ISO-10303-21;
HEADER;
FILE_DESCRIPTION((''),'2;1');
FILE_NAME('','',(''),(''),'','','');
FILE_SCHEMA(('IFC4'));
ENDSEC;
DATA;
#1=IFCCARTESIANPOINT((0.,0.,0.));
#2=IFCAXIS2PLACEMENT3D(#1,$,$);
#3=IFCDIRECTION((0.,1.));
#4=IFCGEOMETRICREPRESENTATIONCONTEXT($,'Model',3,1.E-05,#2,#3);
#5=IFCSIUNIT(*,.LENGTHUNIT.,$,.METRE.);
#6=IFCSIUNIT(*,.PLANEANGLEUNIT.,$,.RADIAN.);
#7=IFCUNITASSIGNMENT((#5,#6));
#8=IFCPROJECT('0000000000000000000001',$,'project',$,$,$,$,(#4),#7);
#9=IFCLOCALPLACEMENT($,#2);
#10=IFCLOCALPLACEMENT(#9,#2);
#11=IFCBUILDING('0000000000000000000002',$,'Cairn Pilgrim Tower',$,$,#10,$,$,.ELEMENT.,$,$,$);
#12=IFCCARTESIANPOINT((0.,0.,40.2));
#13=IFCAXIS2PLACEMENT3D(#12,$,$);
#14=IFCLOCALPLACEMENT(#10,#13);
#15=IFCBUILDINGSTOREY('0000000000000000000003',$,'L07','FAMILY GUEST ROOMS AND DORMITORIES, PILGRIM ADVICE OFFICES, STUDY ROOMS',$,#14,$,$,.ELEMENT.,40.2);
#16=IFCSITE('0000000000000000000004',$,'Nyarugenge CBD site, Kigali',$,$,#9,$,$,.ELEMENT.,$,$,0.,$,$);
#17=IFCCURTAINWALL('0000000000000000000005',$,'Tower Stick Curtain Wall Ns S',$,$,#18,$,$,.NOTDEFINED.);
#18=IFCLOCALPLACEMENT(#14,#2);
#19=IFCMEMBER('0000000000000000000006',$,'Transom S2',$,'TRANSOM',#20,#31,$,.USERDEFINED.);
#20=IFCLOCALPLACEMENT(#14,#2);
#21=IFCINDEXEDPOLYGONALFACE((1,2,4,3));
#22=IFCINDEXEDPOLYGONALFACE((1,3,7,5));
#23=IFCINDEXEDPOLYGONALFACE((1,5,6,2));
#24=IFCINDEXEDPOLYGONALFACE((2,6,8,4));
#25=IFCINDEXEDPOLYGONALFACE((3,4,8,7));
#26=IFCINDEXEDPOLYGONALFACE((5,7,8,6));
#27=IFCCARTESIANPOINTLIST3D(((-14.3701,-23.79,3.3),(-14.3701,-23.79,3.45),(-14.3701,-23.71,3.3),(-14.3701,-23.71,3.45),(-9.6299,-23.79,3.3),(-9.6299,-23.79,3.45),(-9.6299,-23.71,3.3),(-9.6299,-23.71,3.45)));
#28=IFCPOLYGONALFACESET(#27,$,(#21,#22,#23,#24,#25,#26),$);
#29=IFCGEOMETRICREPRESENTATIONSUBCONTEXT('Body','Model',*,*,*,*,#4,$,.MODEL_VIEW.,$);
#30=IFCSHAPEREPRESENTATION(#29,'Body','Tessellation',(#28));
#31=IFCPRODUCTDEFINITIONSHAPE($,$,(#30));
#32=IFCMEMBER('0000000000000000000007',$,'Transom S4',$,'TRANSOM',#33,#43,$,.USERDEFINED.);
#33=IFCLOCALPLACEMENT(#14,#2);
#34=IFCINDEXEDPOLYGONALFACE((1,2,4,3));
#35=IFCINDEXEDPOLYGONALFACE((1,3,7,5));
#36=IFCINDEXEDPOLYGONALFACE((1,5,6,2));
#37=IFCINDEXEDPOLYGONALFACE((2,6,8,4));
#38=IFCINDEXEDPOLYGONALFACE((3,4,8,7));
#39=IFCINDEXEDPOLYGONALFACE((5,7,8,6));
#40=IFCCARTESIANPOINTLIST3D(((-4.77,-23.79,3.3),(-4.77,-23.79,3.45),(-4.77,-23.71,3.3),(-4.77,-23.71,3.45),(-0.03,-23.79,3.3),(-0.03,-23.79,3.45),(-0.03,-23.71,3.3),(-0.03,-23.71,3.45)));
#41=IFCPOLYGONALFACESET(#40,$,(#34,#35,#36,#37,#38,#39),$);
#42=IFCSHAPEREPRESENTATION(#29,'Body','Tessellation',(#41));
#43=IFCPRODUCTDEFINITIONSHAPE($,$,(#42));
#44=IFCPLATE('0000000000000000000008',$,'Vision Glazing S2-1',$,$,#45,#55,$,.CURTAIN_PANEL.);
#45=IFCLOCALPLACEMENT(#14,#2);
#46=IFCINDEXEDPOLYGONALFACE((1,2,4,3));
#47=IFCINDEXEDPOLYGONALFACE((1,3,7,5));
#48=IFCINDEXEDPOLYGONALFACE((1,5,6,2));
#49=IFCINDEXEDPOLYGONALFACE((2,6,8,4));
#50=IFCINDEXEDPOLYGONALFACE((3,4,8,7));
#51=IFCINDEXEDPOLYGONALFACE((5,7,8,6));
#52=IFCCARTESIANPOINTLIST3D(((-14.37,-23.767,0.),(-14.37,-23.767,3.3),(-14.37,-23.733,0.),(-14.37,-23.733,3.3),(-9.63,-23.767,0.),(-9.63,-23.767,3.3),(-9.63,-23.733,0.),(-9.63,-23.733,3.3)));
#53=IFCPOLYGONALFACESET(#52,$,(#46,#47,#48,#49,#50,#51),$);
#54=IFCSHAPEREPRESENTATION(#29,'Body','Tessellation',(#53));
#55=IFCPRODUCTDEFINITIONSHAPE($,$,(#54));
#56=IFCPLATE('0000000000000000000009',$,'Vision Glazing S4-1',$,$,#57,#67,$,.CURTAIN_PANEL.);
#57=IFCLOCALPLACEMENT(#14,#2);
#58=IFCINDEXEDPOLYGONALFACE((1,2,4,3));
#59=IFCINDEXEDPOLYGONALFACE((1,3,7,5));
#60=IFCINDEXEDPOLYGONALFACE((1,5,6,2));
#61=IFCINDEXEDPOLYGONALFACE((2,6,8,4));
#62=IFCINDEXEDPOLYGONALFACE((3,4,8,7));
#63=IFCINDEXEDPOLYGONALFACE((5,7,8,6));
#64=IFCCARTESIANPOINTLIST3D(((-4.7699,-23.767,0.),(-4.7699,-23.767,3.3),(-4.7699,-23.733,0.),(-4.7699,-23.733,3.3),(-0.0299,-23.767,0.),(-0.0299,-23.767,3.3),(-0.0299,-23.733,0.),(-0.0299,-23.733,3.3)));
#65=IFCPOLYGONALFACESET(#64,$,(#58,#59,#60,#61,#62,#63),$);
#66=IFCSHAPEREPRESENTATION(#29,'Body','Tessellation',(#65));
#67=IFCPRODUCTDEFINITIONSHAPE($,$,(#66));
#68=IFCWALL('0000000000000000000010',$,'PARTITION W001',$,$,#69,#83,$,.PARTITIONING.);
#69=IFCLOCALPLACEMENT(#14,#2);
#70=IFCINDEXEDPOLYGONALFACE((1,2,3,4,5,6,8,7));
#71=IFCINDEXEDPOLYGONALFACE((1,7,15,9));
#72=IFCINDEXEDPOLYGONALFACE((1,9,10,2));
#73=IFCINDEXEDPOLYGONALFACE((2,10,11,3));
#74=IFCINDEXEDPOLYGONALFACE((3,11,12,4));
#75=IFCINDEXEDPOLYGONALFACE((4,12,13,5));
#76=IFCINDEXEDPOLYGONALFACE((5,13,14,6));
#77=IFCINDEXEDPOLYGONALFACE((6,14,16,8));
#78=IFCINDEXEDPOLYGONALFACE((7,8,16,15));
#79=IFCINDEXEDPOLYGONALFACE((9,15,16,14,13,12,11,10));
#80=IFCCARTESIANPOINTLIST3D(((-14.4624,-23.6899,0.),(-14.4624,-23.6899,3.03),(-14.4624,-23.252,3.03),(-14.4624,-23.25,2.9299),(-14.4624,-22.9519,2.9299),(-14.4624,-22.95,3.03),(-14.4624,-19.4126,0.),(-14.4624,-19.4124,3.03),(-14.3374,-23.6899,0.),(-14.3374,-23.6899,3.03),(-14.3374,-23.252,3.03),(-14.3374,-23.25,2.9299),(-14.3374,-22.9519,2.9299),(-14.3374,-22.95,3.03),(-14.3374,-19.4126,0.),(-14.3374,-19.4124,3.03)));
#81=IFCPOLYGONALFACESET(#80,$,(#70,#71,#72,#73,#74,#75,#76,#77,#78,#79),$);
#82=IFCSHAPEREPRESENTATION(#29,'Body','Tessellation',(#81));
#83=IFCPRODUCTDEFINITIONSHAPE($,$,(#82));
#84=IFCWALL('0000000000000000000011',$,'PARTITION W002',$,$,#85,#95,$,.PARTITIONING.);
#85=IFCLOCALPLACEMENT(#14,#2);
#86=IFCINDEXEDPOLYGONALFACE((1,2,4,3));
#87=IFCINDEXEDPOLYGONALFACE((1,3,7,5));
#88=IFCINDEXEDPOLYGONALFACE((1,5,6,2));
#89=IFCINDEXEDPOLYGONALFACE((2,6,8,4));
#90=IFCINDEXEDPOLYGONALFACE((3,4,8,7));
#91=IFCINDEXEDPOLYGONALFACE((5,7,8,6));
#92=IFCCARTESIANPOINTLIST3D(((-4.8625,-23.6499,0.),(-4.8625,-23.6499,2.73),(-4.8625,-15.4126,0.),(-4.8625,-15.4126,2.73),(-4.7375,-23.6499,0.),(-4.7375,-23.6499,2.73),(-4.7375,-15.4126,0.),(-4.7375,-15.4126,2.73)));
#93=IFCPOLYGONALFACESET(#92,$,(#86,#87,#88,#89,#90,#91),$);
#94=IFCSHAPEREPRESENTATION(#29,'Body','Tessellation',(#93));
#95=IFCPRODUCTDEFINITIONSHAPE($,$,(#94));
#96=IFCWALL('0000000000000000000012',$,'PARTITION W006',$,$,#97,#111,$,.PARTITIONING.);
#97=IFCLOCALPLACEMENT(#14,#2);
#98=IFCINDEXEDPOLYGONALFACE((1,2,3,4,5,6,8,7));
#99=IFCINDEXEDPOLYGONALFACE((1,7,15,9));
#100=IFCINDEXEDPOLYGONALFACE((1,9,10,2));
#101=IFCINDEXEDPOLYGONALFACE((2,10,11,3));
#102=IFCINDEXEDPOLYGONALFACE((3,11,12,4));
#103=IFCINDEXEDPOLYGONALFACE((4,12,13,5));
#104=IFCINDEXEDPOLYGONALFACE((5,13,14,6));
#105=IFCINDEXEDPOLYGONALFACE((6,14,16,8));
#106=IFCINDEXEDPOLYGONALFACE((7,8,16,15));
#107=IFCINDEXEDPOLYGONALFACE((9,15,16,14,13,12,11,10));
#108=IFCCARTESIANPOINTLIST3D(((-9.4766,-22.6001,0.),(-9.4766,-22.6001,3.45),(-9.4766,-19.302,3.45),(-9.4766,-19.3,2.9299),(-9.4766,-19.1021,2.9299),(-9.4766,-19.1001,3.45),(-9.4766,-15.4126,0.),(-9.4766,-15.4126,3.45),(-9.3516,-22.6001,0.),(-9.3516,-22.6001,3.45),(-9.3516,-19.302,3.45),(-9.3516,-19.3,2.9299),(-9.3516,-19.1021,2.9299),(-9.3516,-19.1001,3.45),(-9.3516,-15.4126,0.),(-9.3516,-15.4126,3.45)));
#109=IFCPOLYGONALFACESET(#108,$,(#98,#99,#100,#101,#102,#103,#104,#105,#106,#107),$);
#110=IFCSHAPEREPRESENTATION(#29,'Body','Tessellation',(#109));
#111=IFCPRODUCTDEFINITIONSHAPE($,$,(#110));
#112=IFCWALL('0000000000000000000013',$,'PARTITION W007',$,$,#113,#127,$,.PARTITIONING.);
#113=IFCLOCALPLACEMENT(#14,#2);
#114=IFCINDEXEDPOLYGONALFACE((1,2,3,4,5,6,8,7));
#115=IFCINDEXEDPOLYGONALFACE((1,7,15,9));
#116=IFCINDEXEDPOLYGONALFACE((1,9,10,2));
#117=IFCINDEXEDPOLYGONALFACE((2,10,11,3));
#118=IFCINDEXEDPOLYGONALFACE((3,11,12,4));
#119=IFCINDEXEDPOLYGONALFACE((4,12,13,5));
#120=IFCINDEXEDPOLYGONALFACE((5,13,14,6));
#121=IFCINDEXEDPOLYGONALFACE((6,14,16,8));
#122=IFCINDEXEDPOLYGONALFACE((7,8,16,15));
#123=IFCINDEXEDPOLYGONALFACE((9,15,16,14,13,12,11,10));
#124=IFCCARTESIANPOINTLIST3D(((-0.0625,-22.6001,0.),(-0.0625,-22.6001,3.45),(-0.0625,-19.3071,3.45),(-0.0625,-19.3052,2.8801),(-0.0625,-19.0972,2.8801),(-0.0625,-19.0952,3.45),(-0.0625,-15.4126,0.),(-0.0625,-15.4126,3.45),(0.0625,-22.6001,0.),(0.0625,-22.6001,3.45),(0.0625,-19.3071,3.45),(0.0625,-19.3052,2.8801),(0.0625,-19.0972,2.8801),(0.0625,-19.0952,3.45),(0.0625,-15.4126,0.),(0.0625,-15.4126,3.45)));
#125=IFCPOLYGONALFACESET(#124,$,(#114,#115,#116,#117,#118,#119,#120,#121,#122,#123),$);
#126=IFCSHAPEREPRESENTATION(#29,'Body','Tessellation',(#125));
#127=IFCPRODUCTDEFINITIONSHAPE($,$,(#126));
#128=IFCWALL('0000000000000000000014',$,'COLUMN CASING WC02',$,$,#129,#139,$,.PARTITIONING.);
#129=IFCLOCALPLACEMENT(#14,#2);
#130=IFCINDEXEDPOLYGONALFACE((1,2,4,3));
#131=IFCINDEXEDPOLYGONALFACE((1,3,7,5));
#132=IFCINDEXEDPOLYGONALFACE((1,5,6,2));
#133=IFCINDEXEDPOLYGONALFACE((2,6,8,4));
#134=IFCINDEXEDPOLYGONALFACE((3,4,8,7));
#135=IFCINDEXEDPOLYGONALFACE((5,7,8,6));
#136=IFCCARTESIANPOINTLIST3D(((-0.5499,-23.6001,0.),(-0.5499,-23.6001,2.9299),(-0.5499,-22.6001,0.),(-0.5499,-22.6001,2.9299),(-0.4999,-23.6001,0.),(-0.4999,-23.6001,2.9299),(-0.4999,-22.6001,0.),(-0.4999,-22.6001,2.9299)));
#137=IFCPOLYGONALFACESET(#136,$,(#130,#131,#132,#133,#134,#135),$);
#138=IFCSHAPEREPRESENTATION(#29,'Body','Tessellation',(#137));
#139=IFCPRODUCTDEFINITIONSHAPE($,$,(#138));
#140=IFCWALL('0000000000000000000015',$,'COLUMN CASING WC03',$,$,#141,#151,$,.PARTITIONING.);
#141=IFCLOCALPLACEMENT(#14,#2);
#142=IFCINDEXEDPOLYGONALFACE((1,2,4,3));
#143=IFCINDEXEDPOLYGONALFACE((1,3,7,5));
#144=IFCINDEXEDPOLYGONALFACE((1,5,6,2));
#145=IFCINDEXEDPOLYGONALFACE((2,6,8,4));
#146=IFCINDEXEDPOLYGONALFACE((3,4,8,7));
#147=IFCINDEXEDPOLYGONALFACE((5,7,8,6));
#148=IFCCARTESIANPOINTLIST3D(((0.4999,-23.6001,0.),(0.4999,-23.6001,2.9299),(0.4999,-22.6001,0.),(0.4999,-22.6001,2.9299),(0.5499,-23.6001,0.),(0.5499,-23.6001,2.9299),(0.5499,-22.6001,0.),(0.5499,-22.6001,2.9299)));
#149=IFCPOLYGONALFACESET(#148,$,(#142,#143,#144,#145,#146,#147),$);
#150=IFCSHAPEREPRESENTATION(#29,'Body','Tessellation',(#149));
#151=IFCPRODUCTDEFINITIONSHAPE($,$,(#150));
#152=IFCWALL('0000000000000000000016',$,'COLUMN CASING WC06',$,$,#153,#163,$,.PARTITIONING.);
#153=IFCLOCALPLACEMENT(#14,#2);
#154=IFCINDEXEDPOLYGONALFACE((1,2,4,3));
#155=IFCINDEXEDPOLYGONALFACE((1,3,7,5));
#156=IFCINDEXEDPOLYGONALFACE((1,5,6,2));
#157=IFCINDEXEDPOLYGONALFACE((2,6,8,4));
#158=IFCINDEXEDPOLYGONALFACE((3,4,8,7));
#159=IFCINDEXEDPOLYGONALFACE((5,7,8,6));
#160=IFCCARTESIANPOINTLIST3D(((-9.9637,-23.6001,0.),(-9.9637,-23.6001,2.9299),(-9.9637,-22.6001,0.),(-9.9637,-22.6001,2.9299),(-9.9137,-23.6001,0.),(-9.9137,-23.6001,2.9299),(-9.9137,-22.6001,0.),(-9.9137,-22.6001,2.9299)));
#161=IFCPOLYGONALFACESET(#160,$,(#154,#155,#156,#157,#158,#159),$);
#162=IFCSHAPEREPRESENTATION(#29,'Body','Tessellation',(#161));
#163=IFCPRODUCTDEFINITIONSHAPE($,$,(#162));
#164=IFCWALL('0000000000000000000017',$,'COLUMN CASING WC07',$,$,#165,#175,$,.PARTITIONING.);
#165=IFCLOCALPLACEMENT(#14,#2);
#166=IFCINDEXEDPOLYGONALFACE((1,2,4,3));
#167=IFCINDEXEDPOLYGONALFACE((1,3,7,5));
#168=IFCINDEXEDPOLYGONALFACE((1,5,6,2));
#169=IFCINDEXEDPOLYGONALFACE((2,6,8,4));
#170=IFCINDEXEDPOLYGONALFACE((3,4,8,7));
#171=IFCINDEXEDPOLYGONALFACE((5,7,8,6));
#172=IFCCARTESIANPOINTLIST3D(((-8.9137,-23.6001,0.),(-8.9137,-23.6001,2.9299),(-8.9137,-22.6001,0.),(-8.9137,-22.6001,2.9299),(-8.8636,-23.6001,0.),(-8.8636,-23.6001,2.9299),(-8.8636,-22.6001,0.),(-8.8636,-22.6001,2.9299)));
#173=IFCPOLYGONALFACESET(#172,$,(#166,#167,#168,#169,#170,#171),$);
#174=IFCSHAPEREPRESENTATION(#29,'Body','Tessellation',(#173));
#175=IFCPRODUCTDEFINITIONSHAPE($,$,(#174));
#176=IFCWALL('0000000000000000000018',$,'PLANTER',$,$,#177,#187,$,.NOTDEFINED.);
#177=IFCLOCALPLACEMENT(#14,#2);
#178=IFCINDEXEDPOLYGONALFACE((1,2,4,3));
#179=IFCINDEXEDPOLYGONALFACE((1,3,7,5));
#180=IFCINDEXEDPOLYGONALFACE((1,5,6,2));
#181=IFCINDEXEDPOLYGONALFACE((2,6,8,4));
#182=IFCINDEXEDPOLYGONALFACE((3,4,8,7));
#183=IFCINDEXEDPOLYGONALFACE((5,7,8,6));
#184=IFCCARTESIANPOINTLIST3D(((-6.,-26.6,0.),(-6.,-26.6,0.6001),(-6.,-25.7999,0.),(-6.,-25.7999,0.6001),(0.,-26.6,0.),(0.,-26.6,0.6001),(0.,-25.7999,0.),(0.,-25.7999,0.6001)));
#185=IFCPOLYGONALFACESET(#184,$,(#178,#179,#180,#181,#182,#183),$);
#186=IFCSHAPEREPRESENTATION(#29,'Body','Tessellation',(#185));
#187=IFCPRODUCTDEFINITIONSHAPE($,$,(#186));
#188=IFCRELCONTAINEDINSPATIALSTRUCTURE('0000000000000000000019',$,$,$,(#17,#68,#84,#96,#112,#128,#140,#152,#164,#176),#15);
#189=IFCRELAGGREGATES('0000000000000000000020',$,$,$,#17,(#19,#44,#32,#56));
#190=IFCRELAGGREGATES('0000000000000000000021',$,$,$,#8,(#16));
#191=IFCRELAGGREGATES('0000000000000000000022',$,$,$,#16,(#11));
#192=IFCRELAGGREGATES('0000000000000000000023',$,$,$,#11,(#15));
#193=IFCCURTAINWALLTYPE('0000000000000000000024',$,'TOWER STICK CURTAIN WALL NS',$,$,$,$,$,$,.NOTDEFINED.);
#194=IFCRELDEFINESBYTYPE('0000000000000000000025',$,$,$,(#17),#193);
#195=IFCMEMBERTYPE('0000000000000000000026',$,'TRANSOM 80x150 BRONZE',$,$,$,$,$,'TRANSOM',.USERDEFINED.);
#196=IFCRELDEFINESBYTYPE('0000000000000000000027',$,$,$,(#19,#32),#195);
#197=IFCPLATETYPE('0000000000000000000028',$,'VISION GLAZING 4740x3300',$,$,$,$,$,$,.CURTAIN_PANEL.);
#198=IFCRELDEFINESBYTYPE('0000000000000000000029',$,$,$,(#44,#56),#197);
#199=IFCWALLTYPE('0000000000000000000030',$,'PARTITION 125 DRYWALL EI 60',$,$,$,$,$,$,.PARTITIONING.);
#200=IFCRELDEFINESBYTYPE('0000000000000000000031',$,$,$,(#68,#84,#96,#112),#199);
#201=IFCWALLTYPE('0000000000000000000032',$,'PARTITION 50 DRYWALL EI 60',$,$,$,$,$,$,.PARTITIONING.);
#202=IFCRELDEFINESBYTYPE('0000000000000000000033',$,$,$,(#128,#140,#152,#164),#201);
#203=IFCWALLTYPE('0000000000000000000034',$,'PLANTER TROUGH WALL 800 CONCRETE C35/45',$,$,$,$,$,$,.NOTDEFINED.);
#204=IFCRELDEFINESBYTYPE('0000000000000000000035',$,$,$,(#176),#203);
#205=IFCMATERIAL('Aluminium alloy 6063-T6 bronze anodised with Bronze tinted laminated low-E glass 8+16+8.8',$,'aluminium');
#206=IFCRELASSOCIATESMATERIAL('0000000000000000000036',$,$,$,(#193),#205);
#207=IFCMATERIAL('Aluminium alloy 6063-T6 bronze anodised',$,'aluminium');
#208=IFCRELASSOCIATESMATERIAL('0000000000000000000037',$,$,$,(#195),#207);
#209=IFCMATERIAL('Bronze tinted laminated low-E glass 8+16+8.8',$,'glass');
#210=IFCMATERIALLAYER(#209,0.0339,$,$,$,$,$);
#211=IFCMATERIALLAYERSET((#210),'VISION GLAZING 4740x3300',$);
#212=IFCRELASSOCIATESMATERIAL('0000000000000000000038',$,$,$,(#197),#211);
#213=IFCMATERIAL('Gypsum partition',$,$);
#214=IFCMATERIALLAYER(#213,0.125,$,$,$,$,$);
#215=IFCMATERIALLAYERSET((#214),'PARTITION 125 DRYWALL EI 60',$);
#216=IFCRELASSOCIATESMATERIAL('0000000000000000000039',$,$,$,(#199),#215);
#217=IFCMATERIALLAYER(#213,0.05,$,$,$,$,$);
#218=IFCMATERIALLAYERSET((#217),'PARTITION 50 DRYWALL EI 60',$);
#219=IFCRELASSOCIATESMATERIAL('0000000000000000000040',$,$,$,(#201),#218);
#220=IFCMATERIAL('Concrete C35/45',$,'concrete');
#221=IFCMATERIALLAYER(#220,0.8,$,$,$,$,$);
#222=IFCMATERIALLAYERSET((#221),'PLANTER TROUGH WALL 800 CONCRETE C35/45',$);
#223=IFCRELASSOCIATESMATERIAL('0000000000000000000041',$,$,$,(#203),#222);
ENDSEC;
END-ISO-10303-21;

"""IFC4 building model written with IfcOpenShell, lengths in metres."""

from ifc_helpers import new_model, si_unit, direction, frame, frame_2d, origin, origin_2d, place, context, subcontext, project, spatial, polyline, rectangle, outline, extrude, material, layer, layer_set, material_profile, profile_set, type_object, element, aggregate, save


model = new_model("IFC4")

# Units and contexts
model_context = context("Model", 3, precision=1e-05, world=origin(), true_north=direction((0.0, 1.0)))
body_context = subcontext(model_context, "Body", "Model", "MODEL_VIEW")
ifc_project = project(units=[si_unit("LENGTHUNIT", "METRE"), si_unit("PLANEANGLEUNIT", "RADIAN")], contexts=[model_context])

# Site, building, storey
site_placement = place(None, origin())
site = spatial("IfcSite", under=ifc_project, at=site_placement, Name="Nyarugenge CBD site, Kigali", CompositionType="ELEMENT", RefElevation=0.0)
building_placement = place(site_placement, origin())
building = spatial("IfcBuilding", under=site, at=building_placement, Name="Cairn Pilgrim Tower", CompositionType="ELEMENT")
storey_placement = place(building_placement, frame((0.0, 0.0, 40.2)))
storey = spatial("IfcBuildingStorey", under=building, at=storey_placement, Name="L07", Description="FAMILY GUEST ROOMS AND DORMITORIES, PILGRIM ADVICE OFFICES, STUDY ROOMS", CompositionType="ELEMENT", Elevation=40.2)

# Curtain wall
ifc_material_1 = material(Name="Aluminium alloy 6063-T6 bronze anodised with Bronze tinted laminated low-E glass 8+16+8.8", Category="aluminium")
curtain_wall_type = type_object("IfcCurtainWallType", Name="TOWER STICK CURTAIN WALL NS", PredefinedType="NOTDEFINED", material=ifc_material_1)
curtain_wall_placement = place(storey_placement, origin())
curtain_wall = element("IfcCurtainWall", 1, at=curtain_wall_placement, inside=storey, type_object=curtain_wall_type, Name="Tower Stick Curtain Wall Ns S", PredefinedType="NOTDEFINED")
ifc_material_2 = material(Name="Aluminium alloy 6063-T6 bronze anodised", Category="aluminium")

# Members
ifc_material_profile_1 = material_profile(ifc_material_2, rectangle(XDim=0.0801, YDim=0.1499, at=origin_2d()), Name="TRANSOM 80x150 BRONZE")
ifc_profile_set_1 = profile_set([ifc_material_profile_1], Name="Aluminium alloy 6063-T6 bronze anodised")
member_type_1 = type_object("IfcMemberType", Name="TRANSOM 80x150 BRONZE", ElementType="TRANSOM", PredefinedType="USERDEFINED", material=ifc_profile_set_1)
member_1_placement = place(storey_placement, frame((-14.3701, -23.75, 3.375), z_axis=(1.0, 0.0, 0.0), x_axis=(0.0, 1.0, 0.0)))
member_1 = element("IfcMember", 2, at=member_1_placement, type_object=member_type_1, Name="Transom S2", ObjectType="TRANSOM", PredefinedType="USERDEFINED", context=body_context, shape_type="SweptSolid", body=[
    extrude(rectangle(XDim=0.0801, YDim=0.1499, at=origin_2d()), origin(), (0.0, 0.0, 1.0), 4.7402),
])
member_2_placement = place(storey_placement, frame((-4.77, -23.75, 3.375), z_axis=(1.0, 0.0, 0.0), x_axis=(0.0, 1.0, 0.0)))
member_2 = element("IfcMember", 3, at=member_2_placement, type_object=member_type_1, Name="Transom S4", ObjectType="TRANSOM", PredefinedType="USERDEFINED", context=body_context, shape_type="SweptSolid", body=[
    extrude(rectangle(XDim=0.0801, YDim=0.1499, at=origin_2d()), origin(), (0.0, 0.0, 1.0), 4.74),
])

# Plates
ifc_material_3 = material(Name="Bronze tinted laminated low-E glass 8+16+8.8", Category="glass")
ifc_layer_1 = layer(ifc_material_3, 0.0339)
ifc_layer_set_1 = layer_set([ifc_layer_1], Name="VISION GLAZING 4740x3300")
plate_type = type_object("IfcPlateType", Name="VISION GLAZING 4740x3300", PredefinedType="CURTAIN_PANEL", material=ifc_layer_set_1)
plate_1_placement = place(storey_placement, frame((-12.0, -23.75, 0.0), z_axis=(0.0, 0.0, 1.0), x_axis=(1.0, 0.0, 0.0)))
plate_1 = element("IfcPlate", 4, at=plate_1_placement, type_object=plate_type, Name="Vision Glazing S2-1", PredefinedType="CURTAIN_PANEL", context=body_context, shape_type="SweptSolid", body=[
    extrude(rectangle(XDim=4.74, YDim=0.0339, at=origin_2d()), origin(), (0.0, 0.0, 1.0), 3.3),
])
plate_2_placement = place(storey_placement, frame((-2.3999, -23.75, 0.0), z_axis=(0.0, 0.0, 1.0), x_axis=(1.0, 0.0, 0.0)))
plate_2 = element("IfcPlate", 5, at=plate_2_placement, type_object=plate_type, Name="Vision Glazing S4-1", PredefinedType="CURTAIN_PANEL", context=body_context, shape_type="SweptSolid", body=[
    extrude(rectangle(XDim=4.74, YDim=0.0339, at=origin_2d()), origin(), (0.0, 0.0, 1.0), 3.3),
])
aggregate(curtain_wall, [member_1, plate_1, member_2, plate_2])

# Walls
ifc_material_4 = material(Name="Gypsum partition")
ifc_layer_2 = layer(ifc_material_4, 0.125)
ifc_layer_set_2 = layer_set([ifc_layer_2], Name="PARTITION 125 DRYWALL EI 60")
wall_type_1 = type_object("IfcWallType", Name="PARTITION 125 DRYWALL EI 60", PredefinedType="PARTITIONING", material=ifc_layer_set_2)
wall_1_placement = place(storey_placement, frame((-14.3999, -23.6899, 0.0), z_axis=(0.0, 0.0, 1.0), x_axis=(0.0, 1.0, 0.0)))
element("IfcWall", 6, at=wall_1_placement, inside=storey, type_object=wall_type_1, Name="PARTITION W001", PredefinedType="PARTITIONING", context=body_context, shape_type="SweptSolid", body=[
    extrude(outline(polyline([(0.0, 0.0), (4.2773, 0.0), (4.2776, 3.03), (0.74, 3.03), (0.738, 2.9299), (0.4399, 2.9299), (0.438, 3.03), (0.0, 3.03), (0.0, 0.0)])), frame((0.0, 0.0625, 0.0), z_axis=(0.0, -1.0, 0.0), x_axis=(1.0, 0.0, 0.0)), (0.0, 0.0, 1.0), 0.125),
])
wall_2_placement = place(storey_placement, frame((-4.8, -23.6499, 0.0), z_axis=(0.0, 0.0, 1.0), x_axis=(0.0, 1.0, 0.0)))
element("IfcWall", 7, at=wall_2_placement, inside=storey, type_object=wall_type_1, Name="PARTITION W002", PredefinedType="PARTITIONING", context=body_context, shape_type="SweptSolid", body=[
    extrude(rectangle(XDim=8.2373, YDim=0.125, at=frame_2d((4.1187, 0.0))), origin(), (0.0, 0.0, 1.0), 2.73),
])
wall_3_placement = place(storey_placement, frame((-9.4141, -22.6001, 0.0), z_axis=(0.0, 0.0, 1.0), x_axis=(0.0, 1.0, 0.0)))
element("IfcWall", 8, at=wall_3_placement, inside=storey, type_object=wall_type_1, Name="PARTITION W006", PredefinedType="PARTITIONING", context=body_context, shape_type="SweptSolid", body=[
    extrude(outline(polyline([(0.0, 0.0), (7.1875, 0.0), (7.1875, 3.45), (3.5, 3.45), (3.498, 2.9299), (3.3, 2.9299), (3.2981, 3.45), (0.0, 3.45), (0.0, 0.0)])), frame((0.0, 0.0625, 0.0), z_axis=(0.0, -1.0, 0.0), x_axis=(1.0, 0.0, 0.0)), (0.0, 0.0, 1.0), 0.125),
])
wall_4_placement = place(storey_placement, frame((0.0, -22.6001, 0.0), z_axis=(0.0, 0.0, 1.0), x_axis=(0.0, 1.0, 0.0)))
element("IfcWall", 9, at=wall_4_placement, inside=storey, type_object=wall_type_1, Name="PARTITION W007", PredefinedType="PARTITIONING", context=body_context, shape_type="SweptSolid", body=[
    extrude(outline(polyline([(0.0, 0.0), (7.1875, 0.0), (7.1875, 3.45), (3.5049, 3.45), (3.5029, 2.8801), (3.2949, 2.8801), (3.293, 3.45), (0.0, 3.45), (0.0, 0.0)])), frame((0.0, 0.0625, 0.0), z_axis=(0.0, -1.0, 0.0), x_axis=(1.0, 0.0, 0.0)), (0.0, 0.0, 1.0), 0.125),
])
ifc_layer_3 = layer(ifc_material_4, 0.05)
ifc_layer_set_3 = layer_set([ifc_layer_3], Name="PARTITION 50 DRYWALL EI 60")
wall_type_2 = type_object("IfcWallType", Name="PARTITION 50 DRYWALL EI 60", PredefinedType="PARTITIONING", material=ifc_layer_set_3)
for number, where, z_axis, x_axis, name in (
    (10, (-0.5249, -23.6001, 0.0), (0.0, 0.0, 1.0), (0.0, 1.0, 0.0), "COLUMN CASING WC02"),
    (11, (0.5249, -23.6001, 0.0), (0.0, 0.0, 1.0), (0.0, 1.0, 0.0), "COLUMN CASING WC03"),
    (12, (-9.9387, -23.6001, 0.0), (0.0, 0.0, 1.0), (0.0, 1.0, 0.0), "COLUMN CASING WC06"),
    (13, (-8.8887, -23.6001, 0.0), (0.0, 0.0, 1.0), (0.0, 1.0, 0.0), "COLUMN CASING WC07"),
):
    element("IfcWall", number, at=place(storey_placement, frame(where, z_axis=z_axis, x_axis=x_axis)), inside=storey, type_object=wall_type_2, Name=name, PredefinedType="PARTITIONING", context=body_context, shape_type="SweptSolid", body=[
        extrude(rectangle(XDim=1.0, YDim=0.05, at=frame_2d((0.5, 0.0))), origin(), (0.0, 0.0, 1.0), 2.9299),
    ])
ifc_material_5 = material(Name="Concrete C35/45", Category="concrete")
ifc_layer_4 = layer(ifc_material_5, 0.8)
ifc_layer_set_4 = layer_set([ifc_layer_4], Name="PLANTER TROUGH WALL 800 CONCRETE C35/45")
wall_type_3 = type_object("IfcWallType", Name="PLANTER TROUGH WALL 800 CONCRETE C35/45", PredefinedType="NOTDEFINED", material=ifc_layer_set_4)
wall_5_placement = place(storey_placement, frame((-6.0, -26.2, 0.0), z_axis=(0.0, 0.0, 1.0), x_axis=(1.0, 0.0, 0.0)))
element("IfcWall", 14, at=wall_5_placement, inside=storey, type_object=wall_type_3, Name="PLANTER", PredefinedType="NOTDEFINED", context=body_context, shape_type="SweptSolid", body=[
    extrude(rectangle(XDim=6.0, YDim=0.8, at=frame_2d((3.0, 0.0))), origin(), (0.0, 0.0, 1.0), 0.6001),
])

save(model, "model.ifc")
